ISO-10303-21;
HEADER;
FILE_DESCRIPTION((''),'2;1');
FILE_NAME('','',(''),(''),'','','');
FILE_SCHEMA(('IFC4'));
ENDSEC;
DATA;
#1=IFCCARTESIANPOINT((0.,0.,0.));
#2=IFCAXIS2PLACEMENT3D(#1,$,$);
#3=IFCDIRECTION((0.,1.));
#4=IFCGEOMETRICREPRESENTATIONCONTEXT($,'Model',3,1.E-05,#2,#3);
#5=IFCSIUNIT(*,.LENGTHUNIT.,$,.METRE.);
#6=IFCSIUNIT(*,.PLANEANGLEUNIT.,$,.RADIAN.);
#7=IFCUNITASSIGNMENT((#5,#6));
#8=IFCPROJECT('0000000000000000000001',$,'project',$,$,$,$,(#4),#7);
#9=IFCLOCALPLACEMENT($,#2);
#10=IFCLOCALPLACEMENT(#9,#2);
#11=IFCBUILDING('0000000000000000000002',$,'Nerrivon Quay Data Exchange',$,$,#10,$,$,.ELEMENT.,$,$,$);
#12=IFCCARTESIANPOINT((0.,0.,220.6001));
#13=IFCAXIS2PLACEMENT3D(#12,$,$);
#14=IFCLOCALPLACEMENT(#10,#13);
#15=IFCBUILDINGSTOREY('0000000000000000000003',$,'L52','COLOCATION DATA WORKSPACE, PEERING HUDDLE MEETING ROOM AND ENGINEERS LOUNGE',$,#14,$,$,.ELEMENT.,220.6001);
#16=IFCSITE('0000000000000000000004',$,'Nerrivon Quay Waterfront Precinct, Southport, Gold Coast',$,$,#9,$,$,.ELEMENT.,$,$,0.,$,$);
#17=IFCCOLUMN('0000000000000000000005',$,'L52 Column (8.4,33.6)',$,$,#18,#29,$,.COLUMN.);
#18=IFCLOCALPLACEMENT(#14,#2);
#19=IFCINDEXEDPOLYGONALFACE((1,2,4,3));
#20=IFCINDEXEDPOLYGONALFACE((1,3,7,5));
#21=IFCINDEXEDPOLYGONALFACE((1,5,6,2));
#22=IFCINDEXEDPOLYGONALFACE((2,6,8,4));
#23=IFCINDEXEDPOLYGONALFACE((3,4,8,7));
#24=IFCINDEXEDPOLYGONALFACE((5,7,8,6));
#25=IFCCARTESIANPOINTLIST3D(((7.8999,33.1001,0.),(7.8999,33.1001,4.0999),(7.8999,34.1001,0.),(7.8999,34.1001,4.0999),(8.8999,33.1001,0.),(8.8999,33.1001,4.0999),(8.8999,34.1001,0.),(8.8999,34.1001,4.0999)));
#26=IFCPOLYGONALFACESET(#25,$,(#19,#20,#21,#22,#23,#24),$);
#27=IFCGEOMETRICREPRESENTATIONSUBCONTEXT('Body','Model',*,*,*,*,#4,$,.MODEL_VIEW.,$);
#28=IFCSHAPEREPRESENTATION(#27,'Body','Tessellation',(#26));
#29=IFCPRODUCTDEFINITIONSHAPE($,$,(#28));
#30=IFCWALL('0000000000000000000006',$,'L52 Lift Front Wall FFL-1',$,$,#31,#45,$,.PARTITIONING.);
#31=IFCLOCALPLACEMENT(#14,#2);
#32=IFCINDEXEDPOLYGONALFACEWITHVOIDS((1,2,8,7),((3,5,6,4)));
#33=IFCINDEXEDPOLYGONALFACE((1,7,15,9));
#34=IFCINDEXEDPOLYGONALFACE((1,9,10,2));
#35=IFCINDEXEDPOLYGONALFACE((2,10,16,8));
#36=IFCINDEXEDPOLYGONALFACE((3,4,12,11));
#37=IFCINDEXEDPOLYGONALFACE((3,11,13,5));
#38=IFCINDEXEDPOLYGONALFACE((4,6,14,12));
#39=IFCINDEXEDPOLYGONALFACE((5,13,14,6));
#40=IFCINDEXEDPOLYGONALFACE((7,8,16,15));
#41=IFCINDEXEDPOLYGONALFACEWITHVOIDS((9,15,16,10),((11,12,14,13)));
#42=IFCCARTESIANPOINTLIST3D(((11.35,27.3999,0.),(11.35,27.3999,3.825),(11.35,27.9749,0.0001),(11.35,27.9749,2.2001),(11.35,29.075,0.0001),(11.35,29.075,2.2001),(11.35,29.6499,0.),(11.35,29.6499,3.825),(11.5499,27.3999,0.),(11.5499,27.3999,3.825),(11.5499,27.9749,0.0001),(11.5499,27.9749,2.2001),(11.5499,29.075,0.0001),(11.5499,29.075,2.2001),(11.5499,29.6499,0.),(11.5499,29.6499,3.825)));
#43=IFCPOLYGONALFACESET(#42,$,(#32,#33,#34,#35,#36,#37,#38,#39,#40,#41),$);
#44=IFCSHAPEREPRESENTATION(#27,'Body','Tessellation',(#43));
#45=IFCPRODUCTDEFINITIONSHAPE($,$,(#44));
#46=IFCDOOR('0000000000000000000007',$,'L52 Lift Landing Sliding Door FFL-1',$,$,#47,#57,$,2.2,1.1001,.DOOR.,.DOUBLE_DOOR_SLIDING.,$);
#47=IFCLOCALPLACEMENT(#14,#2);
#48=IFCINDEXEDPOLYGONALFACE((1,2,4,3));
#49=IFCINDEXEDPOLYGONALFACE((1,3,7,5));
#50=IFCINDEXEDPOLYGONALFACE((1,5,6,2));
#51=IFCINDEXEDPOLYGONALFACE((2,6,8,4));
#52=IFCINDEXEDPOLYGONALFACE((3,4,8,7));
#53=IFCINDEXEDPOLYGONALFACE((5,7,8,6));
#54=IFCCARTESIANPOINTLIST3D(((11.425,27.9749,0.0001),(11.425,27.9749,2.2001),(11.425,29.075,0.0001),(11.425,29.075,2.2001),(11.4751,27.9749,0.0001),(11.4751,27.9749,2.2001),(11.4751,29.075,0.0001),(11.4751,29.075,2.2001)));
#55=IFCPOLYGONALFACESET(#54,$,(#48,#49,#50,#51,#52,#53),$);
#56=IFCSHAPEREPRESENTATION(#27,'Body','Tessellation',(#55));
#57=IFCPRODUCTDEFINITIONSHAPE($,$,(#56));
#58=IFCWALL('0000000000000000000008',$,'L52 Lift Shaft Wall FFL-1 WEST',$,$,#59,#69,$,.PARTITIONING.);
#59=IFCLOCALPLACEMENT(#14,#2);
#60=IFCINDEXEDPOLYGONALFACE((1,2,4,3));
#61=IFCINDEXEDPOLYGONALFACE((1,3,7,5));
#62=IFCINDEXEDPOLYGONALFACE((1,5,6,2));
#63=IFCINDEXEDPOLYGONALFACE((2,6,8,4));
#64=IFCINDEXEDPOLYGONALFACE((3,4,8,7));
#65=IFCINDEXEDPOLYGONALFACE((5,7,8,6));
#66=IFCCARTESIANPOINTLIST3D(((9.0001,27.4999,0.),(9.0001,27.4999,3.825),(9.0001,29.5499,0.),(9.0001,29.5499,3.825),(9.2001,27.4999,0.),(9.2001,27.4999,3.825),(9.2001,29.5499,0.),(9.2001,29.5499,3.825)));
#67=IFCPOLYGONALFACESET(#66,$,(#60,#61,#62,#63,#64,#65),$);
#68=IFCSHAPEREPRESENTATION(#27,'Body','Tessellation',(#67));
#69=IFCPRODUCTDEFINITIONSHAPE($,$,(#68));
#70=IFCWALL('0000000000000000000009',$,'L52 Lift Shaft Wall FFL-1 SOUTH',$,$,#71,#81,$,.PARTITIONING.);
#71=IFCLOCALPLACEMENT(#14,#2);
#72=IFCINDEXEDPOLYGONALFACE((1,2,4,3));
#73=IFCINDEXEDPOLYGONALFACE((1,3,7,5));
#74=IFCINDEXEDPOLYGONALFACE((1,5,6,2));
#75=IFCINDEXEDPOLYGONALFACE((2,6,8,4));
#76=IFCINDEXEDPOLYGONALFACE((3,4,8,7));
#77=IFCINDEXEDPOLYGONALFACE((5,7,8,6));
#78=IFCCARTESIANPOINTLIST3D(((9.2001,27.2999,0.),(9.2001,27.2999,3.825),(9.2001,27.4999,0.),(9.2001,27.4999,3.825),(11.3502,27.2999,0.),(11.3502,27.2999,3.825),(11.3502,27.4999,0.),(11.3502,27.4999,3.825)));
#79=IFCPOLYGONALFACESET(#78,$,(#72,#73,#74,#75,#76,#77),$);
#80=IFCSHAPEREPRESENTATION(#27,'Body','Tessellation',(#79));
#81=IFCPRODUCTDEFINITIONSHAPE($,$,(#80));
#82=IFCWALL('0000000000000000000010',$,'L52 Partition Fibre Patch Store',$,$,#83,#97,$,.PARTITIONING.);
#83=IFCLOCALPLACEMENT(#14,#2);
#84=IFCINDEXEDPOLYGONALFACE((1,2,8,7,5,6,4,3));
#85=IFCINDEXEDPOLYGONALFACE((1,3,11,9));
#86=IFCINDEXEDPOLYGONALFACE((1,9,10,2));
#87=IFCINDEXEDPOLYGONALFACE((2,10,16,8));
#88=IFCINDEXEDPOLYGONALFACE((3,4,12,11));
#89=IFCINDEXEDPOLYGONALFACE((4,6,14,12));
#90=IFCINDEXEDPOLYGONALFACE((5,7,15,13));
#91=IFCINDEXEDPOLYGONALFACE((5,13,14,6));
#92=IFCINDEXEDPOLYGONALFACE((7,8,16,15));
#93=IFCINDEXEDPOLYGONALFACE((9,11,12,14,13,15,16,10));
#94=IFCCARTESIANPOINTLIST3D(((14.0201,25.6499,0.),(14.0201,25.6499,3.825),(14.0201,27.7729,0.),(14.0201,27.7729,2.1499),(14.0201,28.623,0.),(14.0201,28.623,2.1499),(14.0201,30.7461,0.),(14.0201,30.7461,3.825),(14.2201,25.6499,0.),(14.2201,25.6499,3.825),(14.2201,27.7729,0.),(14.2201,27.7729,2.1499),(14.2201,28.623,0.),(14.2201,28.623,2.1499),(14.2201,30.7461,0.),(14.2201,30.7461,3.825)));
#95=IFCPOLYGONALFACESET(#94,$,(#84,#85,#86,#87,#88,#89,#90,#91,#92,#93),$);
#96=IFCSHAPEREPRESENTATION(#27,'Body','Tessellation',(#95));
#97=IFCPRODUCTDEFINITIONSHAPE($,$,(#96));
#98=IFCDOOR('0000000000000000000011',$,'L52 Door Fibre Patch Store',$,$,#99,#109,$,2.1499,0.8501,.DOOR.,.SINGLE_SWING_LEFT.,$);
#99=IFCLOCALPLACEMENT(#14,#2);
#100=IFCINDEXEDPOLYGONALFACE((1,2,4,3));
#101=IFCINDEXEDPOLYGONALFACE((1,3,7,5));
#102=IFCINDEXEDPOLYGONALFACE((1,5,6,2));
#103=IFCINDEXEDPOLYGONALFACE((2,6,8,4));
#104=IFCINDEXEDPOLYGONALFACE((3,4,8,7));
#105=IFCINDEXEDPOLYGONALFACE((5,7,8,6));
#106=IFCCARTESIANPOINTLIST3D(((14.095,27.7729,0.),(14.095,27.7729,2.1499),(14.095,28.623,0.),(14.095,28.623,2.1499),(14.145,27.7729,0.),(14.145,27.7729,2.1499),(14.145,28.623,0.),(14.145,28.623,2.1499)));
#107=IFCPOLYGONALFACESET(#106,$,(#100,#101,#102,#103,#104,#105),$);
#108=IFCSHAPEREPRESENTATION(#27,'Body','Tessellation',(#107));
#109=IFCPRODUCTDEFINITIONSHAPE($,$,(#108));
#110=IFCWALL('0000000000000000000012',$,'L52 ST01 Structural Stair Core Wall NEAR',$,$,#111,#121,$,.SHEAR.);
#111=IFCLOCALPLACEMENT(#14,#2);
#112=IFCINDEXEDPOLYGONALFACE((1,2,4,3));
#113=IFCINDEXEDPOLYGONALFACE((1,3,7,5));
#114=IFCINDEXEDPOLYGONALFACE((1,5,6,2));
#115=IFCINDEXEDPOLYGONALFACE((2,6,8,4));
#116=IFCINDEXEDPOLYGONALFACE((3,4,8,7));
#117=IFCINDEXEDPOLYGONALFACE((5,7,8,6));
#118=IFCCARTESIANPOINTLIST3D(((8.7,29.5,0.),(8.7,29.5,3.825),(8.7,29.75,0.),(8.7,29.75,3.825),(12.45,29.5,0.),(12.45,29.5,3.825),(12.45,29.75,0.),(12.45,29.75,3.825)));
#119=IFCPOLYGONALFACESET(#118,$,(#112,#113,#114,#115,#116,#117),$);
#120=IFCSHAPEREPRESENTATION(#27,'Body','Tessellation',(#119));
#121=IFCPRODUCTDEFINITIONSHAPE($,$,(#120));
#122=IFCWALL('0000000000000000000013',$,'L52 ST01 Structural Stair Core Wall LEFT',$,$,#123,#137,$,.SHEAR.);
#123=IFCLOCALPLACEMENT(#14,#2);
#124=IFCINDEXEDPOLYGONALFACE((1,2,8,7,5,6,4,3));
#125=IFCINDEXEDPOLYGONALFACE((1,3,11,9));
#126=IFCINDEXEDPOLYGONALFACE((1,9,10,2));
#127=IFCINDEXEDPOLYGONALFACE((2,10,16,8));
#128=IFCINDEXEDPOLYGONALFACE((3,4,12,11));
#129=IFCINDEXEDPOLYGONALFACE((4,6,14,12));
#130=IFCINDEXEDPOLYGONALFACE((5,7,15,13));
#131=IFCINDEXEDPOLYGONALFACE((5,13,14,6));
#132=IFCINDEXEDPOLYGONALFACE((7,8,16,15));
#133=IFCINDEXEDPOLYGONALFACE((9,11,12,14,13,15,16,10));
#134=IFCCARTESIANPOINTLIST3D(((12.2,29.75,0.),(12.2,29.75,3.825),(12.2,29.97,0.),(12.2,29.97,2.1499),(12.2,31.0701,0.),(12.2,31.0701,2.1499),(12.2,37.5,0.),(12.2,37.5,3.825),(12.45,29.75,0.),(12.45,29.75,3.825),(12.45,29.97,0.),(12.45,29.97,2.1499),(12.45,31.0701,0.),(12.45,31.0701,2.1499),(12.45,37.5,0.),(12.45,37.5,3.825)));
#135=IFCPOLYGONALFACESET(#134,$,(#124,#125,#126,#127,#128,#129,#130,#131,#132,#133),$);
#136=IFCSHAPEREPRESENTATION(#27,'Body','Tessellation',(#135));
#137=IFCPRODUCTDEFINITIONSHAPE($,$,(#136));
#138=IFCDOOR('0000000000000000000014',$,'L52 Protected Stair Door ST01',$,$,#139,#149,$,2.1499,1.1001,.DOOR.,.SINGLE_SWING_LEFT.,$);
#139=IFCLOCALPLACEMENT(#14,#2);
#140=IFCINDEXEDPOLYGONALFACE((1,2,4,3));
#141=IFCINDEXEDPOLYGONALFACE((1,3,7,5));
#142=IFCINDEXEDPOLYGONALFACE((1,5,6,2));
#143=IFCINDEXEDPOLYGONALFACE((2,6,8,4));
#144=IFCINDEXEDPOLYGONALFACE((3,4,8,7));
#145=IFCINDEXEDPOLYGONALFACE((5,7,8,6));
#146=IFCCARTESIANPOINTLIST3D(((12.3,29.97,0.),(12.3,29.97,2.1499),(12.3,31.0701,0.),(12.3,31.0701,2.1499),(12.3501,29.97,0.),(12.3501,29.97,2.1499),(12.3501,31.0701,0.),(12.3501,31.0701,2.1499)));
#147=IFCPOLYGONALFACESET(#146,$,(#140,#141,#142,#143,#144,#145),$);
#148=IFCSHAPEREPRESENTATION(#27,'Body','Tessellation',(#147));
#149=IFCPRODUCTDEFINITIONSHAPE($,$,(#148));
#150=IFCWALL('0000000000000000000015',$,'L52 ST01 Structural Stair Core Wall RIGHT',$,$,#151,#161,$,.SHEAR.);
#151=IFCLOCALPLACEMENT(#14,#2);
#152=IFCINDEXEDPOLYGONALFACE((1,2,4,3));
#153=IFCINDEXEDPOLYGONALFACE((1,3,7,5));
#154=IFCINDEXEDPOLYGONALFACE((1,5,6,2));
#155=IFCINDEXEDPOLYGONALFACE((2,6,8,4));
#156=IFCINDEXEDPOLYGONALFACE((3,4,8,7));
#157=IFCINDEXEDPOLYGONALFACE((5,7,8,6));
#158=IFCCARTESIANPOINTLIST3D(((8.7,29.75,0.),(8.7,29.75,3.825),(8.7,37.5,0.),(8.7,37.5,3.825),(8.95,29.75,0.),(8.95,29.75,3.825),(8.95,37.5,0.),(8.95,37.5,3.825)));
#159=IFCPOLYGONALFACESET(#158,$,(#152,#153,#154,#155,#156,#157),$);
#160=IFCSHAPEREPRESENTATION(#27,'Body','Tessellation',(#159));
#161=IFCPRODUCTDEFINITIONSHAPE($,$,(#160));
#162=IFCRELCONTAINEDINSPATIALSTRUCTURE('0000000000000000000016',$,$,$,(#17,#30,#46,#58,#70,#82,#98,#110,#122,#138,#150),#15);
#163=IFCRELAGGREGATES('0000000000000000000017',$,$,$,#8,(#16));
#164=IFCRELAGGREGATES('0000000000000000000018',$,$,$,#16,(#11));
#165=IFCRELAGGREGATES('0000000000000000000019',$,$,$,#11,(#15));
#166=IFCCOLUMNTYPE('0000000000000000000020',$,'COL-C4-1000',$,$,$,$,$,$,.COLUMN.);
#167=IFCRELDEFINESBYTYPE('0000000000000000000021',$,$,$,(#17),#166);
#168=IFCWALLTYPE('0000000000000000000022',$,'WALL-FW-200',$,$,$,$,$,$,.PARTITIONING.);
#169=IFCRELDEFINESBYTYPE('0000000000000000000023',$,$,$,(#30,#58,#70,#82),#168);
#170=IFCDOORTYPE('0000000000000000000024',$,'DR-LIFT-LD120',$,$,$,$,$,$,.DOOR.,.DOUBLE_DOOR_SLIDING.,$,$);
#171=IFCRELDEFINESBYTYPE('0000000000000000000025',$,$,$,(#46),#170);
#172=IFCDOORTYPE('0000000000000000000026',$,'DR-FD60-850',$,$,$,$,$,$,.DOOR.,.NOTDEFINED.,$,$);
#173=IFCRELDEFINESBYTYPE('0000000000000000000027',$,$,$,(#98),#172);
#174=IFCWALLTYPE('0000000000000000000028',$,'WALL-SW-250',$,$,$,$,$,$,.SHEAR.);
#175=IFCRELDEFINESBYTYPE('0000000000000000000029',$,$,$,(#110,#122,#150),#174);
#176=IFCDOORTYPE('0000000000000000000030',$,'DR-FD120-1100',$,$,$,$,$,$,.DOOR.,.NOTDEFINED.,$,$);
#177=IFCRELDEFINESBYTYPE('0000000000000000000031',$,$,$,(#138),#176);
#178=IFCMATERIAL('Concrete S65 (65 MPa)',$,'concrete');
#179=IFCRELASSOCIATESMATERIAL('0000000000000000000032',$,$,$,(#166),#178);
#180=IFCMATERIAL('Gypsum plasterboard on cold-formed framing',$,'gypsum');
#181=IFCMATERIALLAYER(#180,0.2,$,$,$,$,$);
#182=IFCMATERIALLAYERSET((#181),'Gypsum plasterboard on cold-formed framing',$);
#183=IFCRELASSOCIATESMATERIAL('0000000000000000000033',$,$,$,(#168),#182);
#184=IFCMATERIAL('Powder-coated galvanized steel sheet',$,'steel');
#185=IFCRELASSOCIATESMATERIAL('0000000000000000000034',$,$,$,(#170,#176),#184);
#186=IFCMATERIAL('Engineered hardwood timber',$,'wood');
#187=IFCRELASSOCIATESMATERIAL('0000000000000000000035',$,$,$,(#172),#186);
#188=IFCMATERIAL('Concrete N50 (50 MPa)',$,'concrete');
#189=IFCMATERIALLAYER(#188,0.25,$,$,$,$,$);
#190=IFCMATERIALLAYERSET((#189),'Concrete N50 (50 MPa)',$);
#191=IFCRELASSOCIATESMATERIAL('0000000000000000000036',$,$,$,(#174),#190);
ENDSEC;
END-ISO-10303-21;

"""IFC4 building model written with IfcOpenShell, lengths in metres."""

from ifc_helpers import new_model, si_unit, direction, frame, frame_2d, origin, origin_2d, place, context, subcontext, project, spatial, rectangle, extrude, material, layer, layer_set, material_profile, profile_set, type_object, element, fill, save


model = new_model("IFC4")

# Units and contexts
model_context = context("Model", 3, precision=1e-05, world=origin(), true_north=direction((0.0, 1.0)))
body_context = subcontext(model_context, "Body", "Model", "MODEL_VIEW")
ifc_project = project(units=[si_unit("LENGTHUNIT", "METRE"), si_unit("PLANEANGLEUNIT", "RADIAN")], contexts=[model_context])

# Site, building, storey
site_placement = place(None, origin())
site = spatial("IfcSite", under=ifc_project, at=site_placement, Name="Nerrivon Quay Waterfront Precinct, Southport, Gold Coast", CompositionType="ELEMENT", RefElevation=0.0)
building_placement = place(site_placement, origin())
building = spatial("IfcBuilding", under=site, at=building_placement, Name="Nerrivon Quay Data Exchange", CompositionType="ELEMENT")
storey_placement = place(building_placement, frame((0.0, 0.0, 220.6001)))
storey = spatial("IfcBuildingStorey", under=building, at=storey_placement, Name="L52", Description="COLOCATION DATA WORKSPACE, PEERING HUDDLE MEETING ROOM AND ENGINEERS LOUNGE", CompositionType="ELEMENT", Elevation=220.6001)

# Column
ifc_material_1 = material(Name="Concrete S65 (65 MPa)", Category="concrete")
ifc_material_profile = material_profile(ifc_material_1, rectangle(XDim=1.0, YDim=1.0, at=origin_2d()), Name="RC-COL-1000x1000")
ifc_profile_set = profile_set([ifc_material_profile], Name="Concrete S65 (65 MPa)")
column_type = type_object("IfcColumnType", Name="COL-C4-1000", PredefinedType="COLUMN", material=ifc_profile_set)
column_placement = place(storey_placement, frame((8.3999, 33.6001, 0.0), z_axis=(0.0, 0.0, 1.0), x_axis=(1.0, 0.0, 0.0)))
element("IfcColumn", 1, at=column_placement, inside=storey, type_object=column_type, Name="L52 Column (8.4,33.6)", PredefinedType="COLUMN", context=body_context, shape_type="SweptSolid", body=[
    extrude(rectangle(XDim=1.0, YDim=1.0, at=origin_2d()), origin(), (0.0, 0.0, 1.0), 4.0999),
])

# Wall, opening, door
ifc_material_2 = material(Name="Gypsum plasterboard on cold-formed framing", Category="gypsum")
ifc_layer_1 = layer(ifc_material_2, 0.2)
ifc_layer_set_1 = layer_set([ifc_layer_1], Name="Gypsum plasterboard on cold-formed framing")
wall_type_1 = type_object("IfcWallType", Name="WALL-FW-200", PredefinedType="PARTITIONING", material=ifc_layer_set_1)
wall_1_placement = place(storey_placement, frame((11.45, 27.3999, 0.0), z_axis=(0.0, 0.0, 1.0), x_axis=(0.0, 1.0, 0.0)))
wall_1 = element("IfcWall", 2, at=wall_1_placement, inside=storey, type_object=wall_type_1, Name="L52 Lift Front Wall FFL-1", PredefinedType="PARTITIONING", context=body_context, shape_type="SweptSolid", body=[
    extrude(rectangle(XDim=2.25, YDim=0.2, at=frame_2d((1.125, 0.0))), origin(), (0.0, 0.0, 1.0), 3.825),
])
opening_1_placement = place(wall_1_placement, frame((0.575, 0.0, 0.0)))
opening_1 = element("IfcOpeningElement", 3, at=opening_1_placement, cuts=wall_1, PredefinedType="OPENING", context=body_context, shape_type="SweptSolid", body=[
    extrude(rectangle(XDim=1.1001, YDim=2.2, at=frame_2d((0.55, 1.1001))), frame((0.0, 0.1099, 0.0), z_axis=(0.0, -1.0, 0.0), x_axis=(1.0, 0.0, 0.0)), (0.0, 0.0, 1.0), 0.22),
])
ifc_material_3 = material(Name="Powder-coated galvanized steel sheet", Category="steel")
door_type_1 = type_object("IfcDoorType", Name="DR-LIFT-LD120", OperationType="DOUBLE_DOOR_SLIDING", PredefinedType="DOOR", material=ifc_material_3)
door_1_placement = place(opening_1_placement, origin())
door_1 = element("IfcDoor", 4, at=door_1_placement, inside=storey, type_object=door_type_1, Name="L52 Lift Landing Sliding Door FFL-1", OperationType="DOUBLE_DOOR_SLIDING", OverallHeight=2.2, OverallWidth=1.1001, PredefinedType="DOOR", context=body_context, shape_type="SweptSolid", body=[
    extrude(rectangle(XDim=1.1001, YDim=2.2, at=frame_2d((0.55, 1.1001))), frame((0.0, 0.0249, 0.0), z_axis=(0.0, -1.0, 0.0), x_axis=(1.0, 0.0, 0.0)), (0.0, 0.0, 1.0), 0.05),
])
fill(opening_1, door_1)

# Walls
wall_2_placement = place(storey_placement, frame((9.1001, 27.5, 0.0), z_axis=(0.0, 0.0, 1.0), x_axis=(0.0, 1.0, 0.0)))
element("IfcWall", 5, at=wall_2_placement, inside=storey, type_object=wall_type_1, Name="L52 Lift Shaft Wall FFL-1 WEST", PredefinedType="PARTITIONING", context=body_context, shape_type="SweptSolid", body=[
    extrude(rectangle(XDim=2.05, YDim=0.2, at=frame_2d((1.0249, 0.0))), origin(), (0.0, 0.0, 1.0), 3.825),
])
wall_3_placement = place(storey_placement, frame((9.2, 27.3999, 0.0), z_axis=(0.0, 0.0, 1.0), x_axis=(1.0, 0.0, 0.0)))
element("IfcWall", 6, at=wall_3_placement, inside=storey, type_object=wall_type_1, Name="L52 Lift Shaft Wall FFL-1 SOUTH", PredefinedType="PARTITIONING", context=body_context, shape_type="SweptSolid", body=[
    extrude(rectangle(XDim=2.1501, YDim=0.2, at=frame_2d((1.0752, 0.0))), origin(), (0.0, 0.0, 1.0), 3.825),
])

# Wall, opening, door
wall_4_placement = place(storey_placement, frame((14.1201, 30.7461, 0.0), z_axis=(0.0, 0.0, 1.0), x_axis=(0.0, -1.0, 0.0)))
wall_4 = element("IfcWall", 7, at=wall_4_placement, inside=storey, type_object=wall_type_1, Name="L52 Partition Fibre Patch Store", PredefinedType="PARTITIONING", context=body_context, shape_type="SweptSolid", body=[
    extrude(rectangle(XDim=5.0962, YDim=0.2, at=frame_2d((2.5481, 0.0))), origin(), (0.0, 0.0, 1.0), 3.825),
])
opening_2_placement = place(wall_4_placement, frame((2.123, 0.0, 0.0)))
opening_2 = element("IfcOpeningElement", 8, at=opening_2_placement, cuts=wall_4, PredefinedType="OPENING", context=body_context, shape_type="SweptSolid", body=[
    extrude(rectangle(XDim=0.8501, YDim=2.1499, at=frame_2d((0.425, 1.075))), frame((0.0, 0.1099, 0.0), z_axis=(0.0, -1.0, 0.0), x_axis=(1.0, 0.0, 0.0)), (0.0, 0.0, 1.0), 0.22),
])
ifc_material_4 = material(Name="Engineered hardwood timber", Category="wood")
door_type_2 = type_object("IfcDoorType", Name="DR-FD60-850", OperationType="NOTDEFINED", PredefinedType="DOOR", material=ifc_material_4)
door_2_placement = place(opening_2_placement, origin())
door_2 = element("IfcDoor", 9, at=door_2_placement, inside=storey, type_object=door_type_2, Name="L52 Door Fibre Patch Store", OperationType="SINGLE_SWING_LEFT", OverallHeight=2.1499, OverallWidth=0.8501, PredefinedType="DOOR", context=body_context, shape_type="SweptSolid", body=[
    extrude(rectangle(XDim=0.8501, YDim=2.1499, at=frame_2d((0.425, 1.075))), frame((0.0, 0.0249, 0.0), z_axis=(0.0, -1.0, 0.0), x_axis=(1.0, 0.0, 0.0)), (0.0, 0.0, 1.0), 0.05),
])
fill(opening_2, door_2)

# Wall
ifc_material_5 = material(Name="Concrete N50 (50 MPa)", Category="concrete")
ifc_layer_2 = layer(ifc_material_5, 0.25)
ifc_layer_set_2 = layer_set([ifc_layer_2], Name="Concrete N50 (50 MPa)")
wall_type_2 = type_object("IfcWallType", Name="WALL-SW-250", PredefinedType="SHEAR", material=ifc_layer_set_2)
wall_5_placement = place(storey_placement, frame((12.45, 29.625, 0.0), z_axis=(0.0, 0.0, 1.0), x_axis=(-1.0, 0.0, 0.0)))
element("IfcWall", 10, at=wall_5_placement, inside=storey, type_object=wall_type_2, Name="L52 ST01 Structural Stair Core Wall NEAR", PredefinedType="SHEAR", context=body_context, shape_type="SweptSolid", body=[
    extrude(rectangle(XDim=3.75, YDim=0.25, at=frame_2d((1.875, 0.0))), origin(), (0.0, 0.0, 1.0), 3.825),
])

# Wall, opening, door
wall_6_placement = place(storey_placement, frame((12.325, 29.75, 0.0), z_axis=(0.0, 0.0, 1.0), x_axis=(0.0, 1.0, 0.0)))
wall_6 = element("IfcWall", 11, at=wall_6_placement, inside=storey, type_object=wall_type_2, Name="L52 ST01 Structural Stair Core Wall LEFT", PredefinedType="SHEAR", context=body_context, shape_type="SweptSolid", body=[
    extrude(rectangle(XDim=7.75, YDim=0.25, at=frame_2d((3.875, 0.0))), origin(), (0.0, 0.0, 1.0), 3.825),
])
opening_3_placement = place(wall_6_placement, frame((0.22, 0.0, 0.0)))
opening_3 = element("IfcOpeningElement", 12, at=opening_3_placement, cuts=wall_6, PredefinedType="OPENING", context=body_context, shape_type="SweptSolid", body=[
    extrude(rectangle(XDim=1.1001, YDim=2.1499, at=frame_2d((0.55, 1.075))), frame((0.0, 0.135, 0.0), z_axis=(0.0, -1.0, 0.0), x_axis=(1.0, 0.0, 0.0)), (0.0, 0.0, 1.0), 0.27),
])
door_type_3 = type_object("IfcDoorType", Name="DR-FD120-1100", OperationType="NOTDEFINED", PredefinedType="DOOR", material=ifc_material_3)
door_3_placement = place(opening_3_placement, origin())
door_3 = element("IfcDoor", 13, at=door_3_placement, inside=storey, type_object=door_type_3, Name="L52 Protected Stair Door ST01", OperationType="SINGLE_SWING_LEFT", OverallHeight=2.1499, OverallWidth=1.1001, PredefinedType="DOOR", context=body_context, shape_type="SweptSolid", body=[
    extrude(rectangle(XDim=1.1001, YDim=2.1499, at=frame_2d((0.55, 1.075))), frame((0.0, 0.0249, 0.0), z_axis=(0.0, -1.0, 0.0), x_axis=(1.0, 0.0, 0.0)), (0.0, 0.0, 1.0), 0.05),
])
fill(opening_3, door_3)

# Wall
wall_7_placement = place(storey_placement, frame((8.825, 29.75, 0.0), z_axis=(0.0, 0.0, 1.0), x_axis=(0.0, 1.0, 0.0)))
element("IfcWall", 14, at=wall_7_placement, inside=storey, type_object=wall_type_2, Name="L52 ST01 Structural Stair Core Wall RIGHT", PredefinedType="SHEAR", context=body_context, shape_type="SweptSolid", body=[
    extrude(rectangle(XDim=7.75, YDim=0.25, at=frame_2d((3.875, 0.0))), origin(), (0.0, 0.0, 1.0), 3.825),
])

save(model, "model.ifc")
